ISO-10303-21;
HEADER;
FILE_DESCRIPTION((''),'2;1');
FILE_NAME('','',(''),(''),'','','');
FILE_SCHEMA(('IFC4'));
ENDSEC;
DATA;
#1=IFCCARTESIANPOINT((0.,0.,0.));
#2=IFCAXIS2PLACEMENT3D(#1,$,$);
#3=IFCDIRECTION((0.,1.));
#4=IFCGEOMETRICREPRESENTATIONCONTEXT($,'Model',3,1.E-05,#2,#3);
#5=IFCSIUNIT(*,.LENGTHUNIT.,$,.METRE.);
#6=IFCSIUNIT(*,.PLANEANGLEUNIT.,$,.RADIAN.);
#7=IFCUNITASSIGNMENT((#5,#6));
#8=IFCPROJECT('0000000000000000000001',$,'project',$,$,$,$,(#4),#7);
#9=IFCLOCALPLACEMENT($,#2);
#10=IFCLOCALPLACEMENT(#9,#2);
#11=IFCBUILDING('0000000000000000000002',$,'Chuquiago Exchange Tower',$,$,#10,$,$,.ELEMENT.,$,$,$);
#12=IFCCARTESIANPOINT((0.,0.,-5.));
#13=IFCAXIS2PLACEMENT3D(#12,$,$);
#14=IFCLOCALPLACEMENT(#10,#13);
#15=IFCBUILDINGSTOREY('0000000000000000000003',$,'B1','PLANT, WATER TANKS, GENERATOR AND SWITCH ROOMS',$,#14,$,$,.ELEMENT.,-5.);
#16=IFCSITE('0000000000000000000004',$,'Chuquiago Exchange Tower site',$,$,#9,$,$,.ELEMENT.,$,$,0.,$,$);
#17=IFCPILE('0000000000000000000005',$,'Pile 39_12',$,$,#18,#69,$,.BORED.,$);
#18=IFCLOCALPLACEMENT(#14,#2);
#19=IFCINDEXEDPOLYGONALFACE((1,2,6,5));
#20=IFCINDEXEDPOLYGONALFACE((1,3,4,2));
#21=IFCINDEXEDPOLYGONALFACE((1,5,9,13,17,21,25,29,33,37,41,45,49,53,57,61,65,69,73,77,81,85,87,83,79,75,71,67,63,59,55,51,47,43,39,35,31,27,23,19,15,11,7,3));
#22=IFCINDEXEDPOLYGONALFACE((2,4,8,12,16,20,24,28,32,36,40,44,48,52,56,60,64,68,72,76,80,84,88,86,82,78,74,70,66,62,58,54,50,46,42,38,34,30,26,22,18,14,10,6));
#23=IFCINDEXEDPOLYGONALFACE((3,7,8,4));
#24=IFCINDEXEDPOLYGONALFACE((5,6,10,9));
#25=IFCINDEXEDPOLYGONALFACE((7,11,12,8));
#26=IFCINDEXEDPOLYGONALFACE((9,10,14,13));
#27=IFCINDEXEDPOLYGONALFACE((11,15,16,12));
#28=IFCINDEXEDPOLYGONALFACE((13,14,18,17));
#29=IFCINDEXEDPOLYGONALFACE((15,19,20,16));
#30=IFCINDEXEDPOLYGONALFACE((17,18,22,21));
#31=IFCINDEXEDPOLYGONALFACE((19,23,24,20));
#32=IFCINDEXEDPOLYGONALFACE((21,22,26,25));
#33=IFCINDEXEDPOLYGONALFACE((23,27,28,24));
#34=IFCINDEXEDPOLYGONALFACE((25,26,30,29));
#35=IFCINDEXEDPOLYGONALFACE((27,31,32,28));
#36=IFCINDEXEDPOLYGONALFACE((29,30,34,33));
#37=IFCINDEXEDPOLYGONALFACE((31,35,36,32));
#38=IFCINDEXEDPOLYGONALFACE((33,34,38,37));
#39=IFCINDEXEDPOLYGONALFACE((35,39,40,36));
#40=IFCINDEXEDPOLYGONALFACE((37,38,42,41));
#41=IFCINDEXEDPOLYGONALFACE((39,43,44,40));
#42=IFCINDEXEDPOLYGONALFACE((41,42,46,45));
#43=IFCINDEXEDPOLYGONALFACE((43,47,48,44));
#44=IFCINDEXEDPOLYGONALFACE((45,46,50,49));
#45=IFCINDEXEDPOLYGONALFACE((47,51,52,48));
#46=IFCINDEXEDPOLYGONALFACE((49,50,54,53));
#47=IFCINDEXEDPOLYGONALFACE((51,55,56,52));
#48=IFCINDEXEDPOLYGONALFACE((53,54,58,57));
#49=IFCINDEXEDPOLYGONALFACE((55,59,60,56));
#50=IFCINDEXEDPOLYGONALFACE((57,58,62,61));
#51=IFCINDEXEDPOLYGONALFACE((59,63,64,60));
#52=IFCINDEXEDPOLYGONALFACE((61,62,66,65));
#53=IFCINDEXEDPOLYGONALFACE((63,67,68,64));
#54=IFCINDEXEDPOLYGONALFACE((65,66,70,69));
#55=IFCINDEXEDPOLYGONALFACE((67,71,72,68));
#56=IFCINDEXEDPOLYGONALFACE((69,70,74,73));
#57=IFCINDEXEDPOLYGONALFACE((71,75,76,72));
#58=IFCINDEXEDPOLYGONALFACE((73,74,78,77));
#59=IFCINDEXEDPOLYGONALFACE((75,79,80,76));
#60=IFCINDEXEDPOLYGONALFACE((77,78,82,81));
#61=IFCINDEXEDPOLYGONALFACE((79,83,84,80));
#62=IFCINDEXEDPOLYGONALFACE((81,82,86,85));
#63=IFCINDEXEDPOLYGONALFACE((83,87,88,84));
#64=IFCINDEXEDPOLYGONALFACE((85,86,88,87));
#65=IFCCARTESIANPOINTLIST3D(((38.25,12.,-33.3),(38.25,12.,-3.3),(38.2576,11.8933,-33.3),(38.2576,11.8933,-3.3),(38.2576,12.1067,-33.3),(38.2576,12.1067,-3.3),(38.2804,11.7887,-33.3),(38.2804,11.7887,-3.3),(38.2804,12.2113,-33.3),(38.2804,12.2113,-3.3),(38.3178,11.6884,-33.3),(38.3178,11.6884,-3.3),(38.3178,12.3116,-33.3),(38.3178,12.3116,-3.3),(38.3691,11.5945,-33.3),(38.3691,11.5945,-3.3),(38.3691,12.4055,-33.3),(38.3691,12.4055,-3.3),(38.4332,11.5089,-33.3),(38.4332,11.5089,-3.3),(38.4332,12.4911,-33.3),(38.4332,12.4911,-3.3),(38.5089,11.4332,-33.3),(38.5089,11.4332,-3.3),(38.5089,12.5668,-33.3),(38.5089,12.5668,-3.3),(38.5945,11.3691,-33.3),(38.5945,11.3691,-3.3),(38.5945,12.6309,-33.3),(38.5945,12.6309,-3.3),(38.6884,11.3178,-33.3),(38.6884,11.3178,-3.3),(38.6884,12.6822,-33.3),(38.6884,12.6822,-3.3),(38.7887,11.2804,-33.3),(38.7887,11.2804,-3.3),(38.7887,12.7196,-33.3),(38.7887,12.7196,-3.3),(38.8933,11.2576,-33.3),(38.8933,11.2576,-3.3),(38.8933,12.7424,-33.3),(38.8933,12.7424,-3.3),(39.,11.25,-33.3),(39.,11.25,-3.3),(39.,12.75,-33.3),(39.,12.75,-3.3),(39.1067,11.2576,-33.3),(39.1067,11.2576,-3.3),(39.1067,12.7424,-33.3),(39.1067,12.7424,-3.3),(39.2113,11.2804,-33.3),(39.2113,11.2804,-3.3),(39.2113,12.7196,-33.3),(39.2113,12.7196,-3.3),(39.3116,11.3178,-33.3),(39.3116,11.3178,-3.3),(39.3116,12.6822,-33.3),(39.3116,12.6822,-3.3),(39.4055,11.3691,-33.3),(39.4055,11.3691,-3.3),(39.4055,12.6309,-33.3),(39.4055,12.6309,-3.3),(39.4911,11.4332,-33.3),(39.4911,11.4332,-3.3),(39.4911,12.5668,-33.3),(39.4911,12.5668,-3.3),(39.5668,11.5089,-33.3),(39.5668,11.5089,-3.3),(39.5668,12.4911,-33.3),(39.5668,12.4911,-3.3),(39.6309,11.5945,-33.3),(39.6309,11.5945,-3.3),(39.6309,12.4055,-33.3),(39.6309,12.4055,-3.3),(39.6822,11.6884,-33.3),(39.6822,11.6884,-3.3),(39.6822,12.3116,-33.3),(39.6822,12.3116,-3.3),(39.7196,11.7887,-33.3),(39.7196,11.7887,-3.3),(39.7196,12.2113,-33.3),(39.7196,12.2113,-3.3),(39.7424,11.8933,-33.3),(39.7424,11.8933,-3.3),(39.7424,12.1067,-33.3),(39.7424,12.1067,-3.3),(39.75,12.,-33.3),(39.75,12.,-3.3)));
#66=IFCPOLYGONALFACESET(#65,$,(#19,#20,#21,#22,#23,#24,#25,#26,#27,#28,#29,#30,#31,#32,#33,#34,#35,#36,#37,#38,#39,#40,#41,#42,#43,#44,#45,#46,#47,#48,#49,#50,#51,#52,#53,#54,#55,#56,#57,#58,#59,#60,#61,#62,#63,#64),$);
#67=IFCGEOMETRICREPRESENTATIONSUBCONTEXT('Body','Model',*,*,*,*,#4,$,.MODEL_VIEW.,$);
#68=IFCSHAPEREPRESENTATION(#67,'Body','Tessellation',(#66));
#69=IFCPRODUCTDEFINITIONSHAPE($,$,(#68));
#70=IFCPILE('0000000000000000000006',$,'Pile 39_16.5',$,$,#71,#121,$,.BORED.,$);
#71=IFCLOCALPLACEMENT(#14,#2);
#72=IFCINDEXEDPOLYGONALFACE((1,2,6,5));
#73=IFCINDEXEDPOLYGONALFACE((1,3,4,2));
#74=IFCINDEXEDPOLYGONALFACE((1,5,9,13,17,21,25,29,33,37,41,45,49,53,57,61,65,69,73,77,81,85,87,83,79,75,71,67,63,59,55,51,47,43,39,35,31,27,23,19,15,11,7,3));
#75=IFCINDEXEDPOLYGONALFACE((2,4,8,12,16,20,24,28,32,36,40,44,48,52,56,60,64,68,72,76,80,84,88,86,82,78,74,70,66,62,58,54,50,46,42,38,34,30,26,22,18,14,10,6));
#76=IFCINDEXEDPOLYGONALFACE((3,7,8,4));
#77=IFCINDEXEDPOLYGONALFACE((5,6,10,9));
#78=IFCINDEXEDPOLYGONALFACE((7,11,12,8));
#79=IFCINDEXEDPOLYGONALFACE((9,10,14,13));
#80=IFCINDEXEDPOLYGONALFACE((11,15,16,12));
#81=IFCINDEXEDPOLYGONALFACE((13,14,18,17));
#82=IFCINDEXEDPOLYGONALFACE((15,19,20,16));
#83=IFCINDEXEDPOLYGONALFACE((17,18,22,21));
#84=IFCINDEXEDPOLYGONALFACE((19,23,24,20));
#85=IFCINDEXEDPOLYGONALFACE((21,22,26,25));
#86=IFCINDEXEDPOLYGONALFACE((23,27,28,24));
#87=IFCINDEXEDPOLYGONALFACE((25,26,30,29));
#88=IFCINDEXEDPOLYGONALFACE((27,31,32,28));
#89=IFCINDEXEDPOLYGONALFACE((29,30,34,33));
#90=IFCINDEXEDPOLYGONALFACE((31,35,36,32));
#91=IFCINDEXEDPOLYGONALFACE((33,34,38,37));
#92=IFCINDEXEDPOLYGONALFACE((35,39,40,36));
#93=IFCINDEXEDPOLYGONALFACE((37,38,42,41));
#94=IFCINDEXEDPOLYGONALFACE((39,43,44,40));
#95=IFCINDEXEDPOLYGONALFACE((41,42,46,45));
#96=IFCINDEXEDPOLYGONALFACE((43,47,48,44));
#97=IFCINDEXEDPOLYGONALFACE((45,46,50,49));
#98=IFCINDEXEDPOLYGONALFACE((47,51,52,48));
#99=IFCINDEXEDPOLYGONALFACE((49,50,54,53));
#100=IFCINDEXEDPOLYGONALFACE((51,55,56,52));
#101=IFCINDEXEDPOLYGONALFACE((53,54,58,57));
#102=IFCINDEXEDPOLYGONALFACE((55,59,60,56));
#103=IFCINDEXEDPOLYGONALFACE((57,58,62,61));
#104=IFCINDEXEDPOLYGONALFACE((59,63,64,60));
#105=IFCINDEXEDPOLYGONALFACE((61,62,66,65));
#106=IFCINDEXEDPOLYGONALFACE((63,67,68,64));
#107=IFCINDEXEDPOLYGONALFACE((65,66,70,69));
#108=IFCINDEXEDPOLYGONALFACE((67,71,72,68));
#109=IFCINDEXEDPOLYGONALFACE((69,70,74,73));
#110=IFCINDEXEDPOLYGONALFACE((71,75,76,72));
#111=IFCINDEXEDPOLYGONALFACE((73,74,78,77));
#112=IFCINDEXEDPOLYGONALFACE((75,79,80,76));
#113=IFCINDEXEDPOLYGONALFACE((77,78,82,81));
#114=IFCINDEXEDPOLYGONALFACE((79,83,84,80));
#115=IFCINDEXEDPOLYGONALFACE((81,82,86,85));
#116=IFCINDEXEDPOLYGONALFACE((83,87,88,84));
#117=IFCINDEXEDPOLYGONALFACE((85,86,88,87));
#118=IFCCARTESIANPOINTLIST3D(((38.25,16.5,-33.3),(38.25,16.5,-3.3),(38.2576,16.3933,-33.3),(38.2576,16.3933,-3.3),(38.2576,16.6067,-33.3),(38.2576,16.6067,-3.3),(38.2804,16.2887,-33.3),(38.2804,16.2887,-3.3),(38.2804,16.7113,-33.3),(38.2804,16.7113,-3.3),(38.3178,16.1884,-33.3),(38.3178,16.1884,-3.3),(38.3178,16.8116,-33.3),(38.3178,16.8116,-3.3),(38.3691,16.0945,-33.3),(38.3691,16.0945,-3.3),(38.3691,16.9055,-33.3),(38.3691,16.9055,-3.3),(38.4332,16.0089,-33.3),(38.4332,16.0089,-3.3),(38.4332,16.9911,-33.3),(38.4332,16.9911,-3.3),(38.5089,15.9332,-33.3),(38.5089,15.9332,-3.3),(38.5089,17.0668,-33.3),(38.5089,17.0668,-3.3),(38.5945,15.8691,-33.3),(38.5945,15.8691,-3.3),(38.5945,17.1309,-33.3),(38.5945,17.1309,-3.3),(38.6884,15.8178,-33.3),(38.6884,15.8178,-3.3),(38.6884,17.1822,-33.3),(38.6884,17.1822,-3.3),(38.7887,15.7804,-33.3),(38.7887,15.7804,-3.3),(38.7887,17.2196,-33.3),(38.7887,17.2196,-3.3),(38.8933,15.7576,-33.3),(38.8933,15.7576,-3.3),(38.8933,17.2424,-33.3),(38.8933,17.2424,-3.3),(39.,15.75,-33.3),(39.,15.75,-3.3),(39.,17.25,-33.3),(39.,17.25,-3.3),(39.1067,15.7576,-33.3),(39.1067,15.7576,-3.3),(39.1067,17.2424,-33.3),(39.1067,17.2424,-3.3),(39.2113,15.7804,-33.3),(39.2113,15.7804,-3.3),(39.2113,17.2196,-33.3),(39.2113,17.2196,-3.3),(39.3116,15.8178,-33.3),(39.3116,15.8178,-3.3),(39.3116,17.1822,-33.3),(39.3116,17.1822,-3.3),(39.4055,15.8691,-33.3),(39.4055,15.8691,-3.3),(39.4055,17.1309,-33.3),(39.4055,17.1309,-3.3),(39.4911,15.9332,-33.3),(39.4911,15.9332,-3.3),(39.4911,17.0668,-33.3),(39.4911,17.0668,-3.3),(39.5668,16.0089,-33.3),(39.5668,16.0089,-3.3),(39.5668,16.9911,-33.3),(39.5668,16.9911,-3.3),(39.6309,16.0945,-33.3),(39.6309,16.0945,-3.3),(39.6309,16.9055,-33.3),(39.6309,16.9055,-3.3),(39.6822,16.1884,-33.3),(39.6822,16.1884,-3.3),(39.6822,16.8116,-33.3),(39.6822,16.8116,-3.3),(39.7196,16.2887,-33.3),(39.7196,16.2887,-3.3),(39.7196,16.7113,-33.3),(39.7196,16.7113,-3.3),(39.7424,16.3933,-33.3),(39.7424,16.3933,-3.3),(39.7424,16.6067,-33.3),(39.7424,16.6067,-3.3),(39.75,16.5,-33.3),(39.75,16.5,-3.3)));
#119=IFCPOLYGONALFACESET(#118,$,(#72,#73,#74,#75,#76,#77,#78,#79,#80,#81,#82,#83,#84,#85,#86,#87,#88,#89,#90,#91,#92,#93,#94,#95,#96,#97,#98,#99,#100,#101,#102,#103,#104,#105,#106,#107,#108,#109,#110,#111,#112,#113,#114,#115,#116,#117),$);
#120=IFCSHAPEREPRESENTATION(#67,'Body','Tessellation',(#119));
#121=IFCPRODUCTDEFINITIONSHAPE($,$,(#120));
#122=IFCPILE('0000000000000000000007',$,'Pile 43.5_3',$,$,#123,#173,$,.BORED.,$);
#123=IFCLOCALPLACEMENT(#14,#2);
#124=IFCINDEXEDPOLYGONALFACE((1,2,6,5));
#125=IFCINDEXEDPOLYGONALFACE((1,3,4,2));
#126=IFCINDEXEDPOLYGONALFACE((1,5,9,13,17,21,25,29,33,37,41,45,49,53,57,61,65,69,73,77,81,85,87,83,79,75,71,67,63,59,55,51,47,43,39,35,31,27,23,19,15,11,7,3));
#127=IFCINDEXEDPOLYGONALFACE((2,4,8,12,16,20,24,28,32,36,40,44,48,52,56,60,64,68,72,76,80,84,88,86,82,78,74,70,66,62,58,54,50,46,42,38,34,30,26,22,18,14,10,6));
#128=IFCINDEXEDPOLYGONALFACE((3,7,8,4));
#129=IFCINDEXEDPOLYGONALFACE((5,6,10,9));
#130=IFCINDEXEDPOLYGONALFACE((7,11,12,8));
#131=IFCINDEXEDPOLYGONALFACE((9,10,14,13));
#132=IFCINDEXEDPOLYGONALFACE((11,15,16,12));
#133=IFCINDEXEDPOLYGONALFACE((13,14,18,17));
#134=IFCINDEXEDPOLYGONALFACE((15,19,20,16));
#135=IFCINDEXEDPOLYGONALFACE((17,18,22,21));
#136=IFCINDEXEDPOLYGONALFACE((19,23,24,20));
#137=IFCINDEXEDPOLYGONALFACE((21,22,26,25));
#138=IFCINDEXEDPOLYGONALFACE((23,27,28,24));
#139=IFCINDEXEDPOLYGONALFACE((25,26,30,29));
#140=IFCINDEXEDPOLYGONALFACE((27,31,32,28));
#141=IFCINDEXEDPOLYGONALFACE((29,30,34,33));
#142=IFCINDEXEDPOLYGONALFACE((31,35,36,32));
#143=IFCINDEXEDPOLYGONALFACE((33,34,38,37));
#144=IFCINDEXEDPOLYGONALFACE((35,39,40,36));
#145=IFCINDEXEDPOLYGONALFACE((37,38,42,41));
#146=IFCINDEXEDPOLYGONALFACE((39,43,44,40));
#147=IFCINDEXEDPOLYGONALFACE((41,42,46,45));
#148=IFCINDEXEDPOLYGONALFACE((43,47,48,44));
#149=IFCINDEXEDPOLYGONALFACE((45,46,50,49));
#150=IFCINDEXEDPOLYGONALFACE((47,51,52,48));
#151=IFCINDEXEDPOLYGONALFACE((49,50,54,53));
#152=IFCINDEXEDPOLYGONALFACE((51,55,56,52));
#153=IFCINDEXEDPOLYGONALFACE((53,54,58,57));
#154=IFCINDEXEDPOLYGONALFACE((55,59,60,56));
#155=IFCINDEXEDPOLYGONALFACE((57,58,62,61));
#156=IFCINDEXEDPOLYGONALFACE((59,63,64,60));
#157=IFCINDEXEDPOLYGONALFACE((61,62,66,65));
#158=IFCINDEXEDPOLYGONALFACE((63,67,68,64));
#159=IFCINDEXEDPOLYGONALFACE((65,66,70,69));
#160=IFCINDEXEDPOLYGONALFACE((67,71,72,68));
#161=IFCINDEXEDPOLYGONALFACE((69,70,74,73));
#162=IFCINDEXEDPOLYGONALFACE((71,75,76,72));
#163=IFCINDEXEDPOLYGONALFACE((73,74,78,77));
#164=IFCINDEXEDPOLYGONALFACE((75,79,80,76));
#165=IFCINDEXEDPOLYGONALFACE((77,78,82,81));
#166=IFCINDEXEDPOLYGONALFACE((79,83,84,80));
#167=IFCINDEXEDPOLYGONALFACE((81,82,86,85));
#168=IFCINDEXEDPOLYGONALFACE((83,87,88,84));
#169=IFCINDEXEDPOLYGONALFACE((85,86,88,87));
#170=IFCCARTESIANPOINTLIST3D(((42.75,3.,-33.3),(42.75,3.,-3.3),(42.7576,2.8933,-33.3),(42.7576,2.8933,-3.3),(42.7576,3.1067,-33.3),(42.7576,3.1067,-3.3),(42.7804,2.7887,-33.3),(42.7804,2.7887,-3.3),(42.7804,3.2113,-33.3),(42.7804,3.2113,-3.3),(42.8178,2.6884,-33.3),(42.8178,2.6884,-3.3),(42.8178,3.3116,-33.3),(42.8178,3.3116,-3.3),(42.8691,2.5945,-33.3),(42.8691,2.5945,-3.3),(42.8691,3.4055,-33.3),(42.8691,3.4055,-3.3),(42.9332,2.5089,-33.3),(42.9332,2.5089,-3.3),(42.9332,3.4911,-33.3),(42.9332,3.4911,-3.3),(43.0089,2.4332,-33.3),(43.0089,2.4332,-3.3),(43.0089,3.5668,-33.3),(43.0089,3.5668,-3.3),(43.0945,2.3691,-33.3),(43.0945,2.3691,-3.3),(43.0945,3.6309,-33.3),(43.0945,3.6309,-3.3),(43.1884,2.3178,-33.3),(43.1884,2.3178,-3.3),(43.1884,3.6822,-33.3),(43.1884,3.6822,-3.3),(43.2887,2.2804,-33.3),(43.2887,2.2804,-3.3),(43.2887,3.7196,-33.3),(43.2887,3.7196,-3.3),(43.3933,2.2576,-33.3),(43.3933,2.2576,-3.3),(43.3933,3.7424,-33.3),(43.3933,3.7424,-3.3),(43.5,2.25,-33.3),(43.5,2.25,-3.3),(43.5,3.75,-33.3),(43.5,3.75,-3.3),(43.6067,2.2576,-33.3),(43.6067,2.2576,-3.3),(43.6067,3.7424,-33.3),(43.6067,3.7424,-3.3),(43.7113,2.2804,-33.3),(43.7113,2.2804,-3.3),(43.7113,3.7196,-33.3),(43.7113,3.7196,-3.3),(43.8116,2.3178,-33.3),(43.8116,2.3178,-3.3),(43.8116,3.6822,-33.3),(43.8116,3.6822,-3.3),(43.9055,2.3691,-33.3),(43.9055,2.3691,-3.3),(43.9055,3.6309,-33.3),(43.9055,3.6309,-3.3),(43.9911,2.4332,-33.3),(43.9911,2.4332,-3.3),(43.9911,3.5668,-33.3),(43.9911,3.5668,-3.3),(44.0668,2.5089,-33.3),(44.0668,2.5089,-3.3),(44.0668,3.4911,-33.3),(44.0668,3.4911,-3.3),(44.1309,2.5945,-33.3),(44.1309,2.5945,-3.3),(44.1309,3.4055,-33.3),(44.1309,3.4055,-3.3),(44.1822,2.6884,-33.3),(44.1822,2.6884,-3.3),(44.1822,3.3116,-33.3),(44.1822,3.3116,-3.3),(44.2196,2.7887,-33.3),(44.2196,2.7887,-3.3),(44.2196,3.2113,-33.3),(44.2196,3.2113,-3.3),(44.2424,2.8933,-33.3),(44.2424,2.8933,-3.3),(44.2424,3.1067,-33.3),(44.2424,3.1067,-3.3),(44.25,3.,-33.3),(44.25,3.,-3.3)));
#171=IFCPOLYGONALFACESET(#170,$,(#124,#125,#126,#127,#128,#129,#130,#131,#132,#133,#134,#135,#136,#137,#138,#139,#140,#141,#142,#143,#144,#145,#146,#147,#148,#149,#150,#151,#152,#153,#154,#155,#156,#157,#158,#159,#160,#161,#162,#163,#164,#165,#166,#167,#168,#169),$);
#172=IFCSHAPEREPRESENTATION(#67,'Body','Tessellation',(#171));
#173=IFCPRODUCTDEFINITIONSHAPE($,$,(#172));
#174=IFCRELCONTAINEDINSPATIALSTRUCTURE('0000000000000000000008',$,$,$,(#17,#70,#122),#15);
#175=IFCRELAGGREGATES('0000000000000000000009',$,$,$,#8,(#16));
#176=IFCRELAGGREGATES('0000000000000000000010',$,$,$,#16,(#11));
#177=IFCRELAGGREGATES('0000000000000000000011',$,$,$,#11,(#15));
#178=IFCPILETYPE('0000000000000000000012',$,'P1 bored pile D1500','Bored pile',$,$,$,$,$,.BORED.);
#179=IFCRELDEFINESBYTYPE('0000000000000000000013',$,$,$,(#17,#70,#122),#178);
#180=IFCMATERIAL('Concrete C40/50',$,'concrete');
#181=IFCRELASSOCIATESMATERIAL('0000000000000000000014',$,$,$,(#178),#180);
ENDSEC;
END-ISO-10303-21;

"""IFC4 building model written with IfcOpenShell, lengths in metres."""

from ifc_helpers import new_model, si_unit, direction, frame, origin, origin_2d, place, context, subcontext, project, spatial, circle, extrude, material, material_profile, profile_set, type_object, element, save


model = new_model("IFC4")

# Units and contexts
model_context = context("Model", 3, precision=1e-05, world=origin(), true_north=direction((0.0, 1.0)))
body_context = subcontext(model_context, "Body", "Model", "MODEL_VIEW")
ifc_project = project(units=[si_unit("LENGTHUNIT", "METRE"), si_unit("PLANEANGLEUNIT", "RADIAN")], contexts=[model_context])

# Site, building, storey
site_placement = place(None, origin())
site = spatial("IfcSite", under=ifc_project, at=site_placement, Name="Chuquiago Exchange Tower site", CompositionType="ELEMENT", RefElevation=0.0)
building_placement = place(site_placement, origin())
building = spatial("IfcBuilding", under=site, at=building_placement, Name="Chuquiago Exchange Tower", CompositionType="ELEMENT")
storey_placement = place(building_placement, frame((0.0, 0.0, -5.0)))
storey = spatial("IfcBuildingStorey", under=building, at=storey_placement, Name="B1", Description="PLANT, WATER TANKS, GENERATOR AND SWITCH ROOMS", CompositionType="ELEMENT", Elevation=-5.0)

# Piles
ifc_material_1 = material(Name="Concrete C40/50", Category="concrete")
ifc_material_profile_1 = material_profile(ifc_material_1, circle(Radius=0.75, at=origin_2d()), Name="D1500")
ifc_profile_set_1 = profile_set([ifc_material_profile_1], Name="Concrete C40/50")
pile_type = type_object("IfcPileType", Name="P1 bored pile D1500", Description="Bored pile", PredefinedType="BORED", material=ifc_profile_set_1)
for number, where, z_axis, x_axis, name in (
    (1, (39.0, 12.0, -3.3), (0.0, 0.0, -1.0), (1.0, 0.0, 0.0), "Pile 39_12"),
    (2, (39.0, 16.5, -3.3), (0.0, 0.0, -1.0), (1.0, 0.0, 0.0), "Pile 39_16.5"),
    (3, (43.5, 3.0, -3.3), (0.0, 0.0, -1.0), (1.0, 0.0, 0.0), "Pile 43.5_3"),
):
    element("IfcPile", number, at=place(storey_placement, frame(where, z_axis=z_axis, x_axis=x_axis)), inside=storey, type_object=pile_type, Name=name, PredefinedType="BORED", context=body_context, shape_type="SweptSolid", body=[
        extrude(circle(Radius=0.75, at=origin_2d()), origin(), (0.0, 0.0, 1.0), 30.0),
    ])

save(model, "model.ifc")
